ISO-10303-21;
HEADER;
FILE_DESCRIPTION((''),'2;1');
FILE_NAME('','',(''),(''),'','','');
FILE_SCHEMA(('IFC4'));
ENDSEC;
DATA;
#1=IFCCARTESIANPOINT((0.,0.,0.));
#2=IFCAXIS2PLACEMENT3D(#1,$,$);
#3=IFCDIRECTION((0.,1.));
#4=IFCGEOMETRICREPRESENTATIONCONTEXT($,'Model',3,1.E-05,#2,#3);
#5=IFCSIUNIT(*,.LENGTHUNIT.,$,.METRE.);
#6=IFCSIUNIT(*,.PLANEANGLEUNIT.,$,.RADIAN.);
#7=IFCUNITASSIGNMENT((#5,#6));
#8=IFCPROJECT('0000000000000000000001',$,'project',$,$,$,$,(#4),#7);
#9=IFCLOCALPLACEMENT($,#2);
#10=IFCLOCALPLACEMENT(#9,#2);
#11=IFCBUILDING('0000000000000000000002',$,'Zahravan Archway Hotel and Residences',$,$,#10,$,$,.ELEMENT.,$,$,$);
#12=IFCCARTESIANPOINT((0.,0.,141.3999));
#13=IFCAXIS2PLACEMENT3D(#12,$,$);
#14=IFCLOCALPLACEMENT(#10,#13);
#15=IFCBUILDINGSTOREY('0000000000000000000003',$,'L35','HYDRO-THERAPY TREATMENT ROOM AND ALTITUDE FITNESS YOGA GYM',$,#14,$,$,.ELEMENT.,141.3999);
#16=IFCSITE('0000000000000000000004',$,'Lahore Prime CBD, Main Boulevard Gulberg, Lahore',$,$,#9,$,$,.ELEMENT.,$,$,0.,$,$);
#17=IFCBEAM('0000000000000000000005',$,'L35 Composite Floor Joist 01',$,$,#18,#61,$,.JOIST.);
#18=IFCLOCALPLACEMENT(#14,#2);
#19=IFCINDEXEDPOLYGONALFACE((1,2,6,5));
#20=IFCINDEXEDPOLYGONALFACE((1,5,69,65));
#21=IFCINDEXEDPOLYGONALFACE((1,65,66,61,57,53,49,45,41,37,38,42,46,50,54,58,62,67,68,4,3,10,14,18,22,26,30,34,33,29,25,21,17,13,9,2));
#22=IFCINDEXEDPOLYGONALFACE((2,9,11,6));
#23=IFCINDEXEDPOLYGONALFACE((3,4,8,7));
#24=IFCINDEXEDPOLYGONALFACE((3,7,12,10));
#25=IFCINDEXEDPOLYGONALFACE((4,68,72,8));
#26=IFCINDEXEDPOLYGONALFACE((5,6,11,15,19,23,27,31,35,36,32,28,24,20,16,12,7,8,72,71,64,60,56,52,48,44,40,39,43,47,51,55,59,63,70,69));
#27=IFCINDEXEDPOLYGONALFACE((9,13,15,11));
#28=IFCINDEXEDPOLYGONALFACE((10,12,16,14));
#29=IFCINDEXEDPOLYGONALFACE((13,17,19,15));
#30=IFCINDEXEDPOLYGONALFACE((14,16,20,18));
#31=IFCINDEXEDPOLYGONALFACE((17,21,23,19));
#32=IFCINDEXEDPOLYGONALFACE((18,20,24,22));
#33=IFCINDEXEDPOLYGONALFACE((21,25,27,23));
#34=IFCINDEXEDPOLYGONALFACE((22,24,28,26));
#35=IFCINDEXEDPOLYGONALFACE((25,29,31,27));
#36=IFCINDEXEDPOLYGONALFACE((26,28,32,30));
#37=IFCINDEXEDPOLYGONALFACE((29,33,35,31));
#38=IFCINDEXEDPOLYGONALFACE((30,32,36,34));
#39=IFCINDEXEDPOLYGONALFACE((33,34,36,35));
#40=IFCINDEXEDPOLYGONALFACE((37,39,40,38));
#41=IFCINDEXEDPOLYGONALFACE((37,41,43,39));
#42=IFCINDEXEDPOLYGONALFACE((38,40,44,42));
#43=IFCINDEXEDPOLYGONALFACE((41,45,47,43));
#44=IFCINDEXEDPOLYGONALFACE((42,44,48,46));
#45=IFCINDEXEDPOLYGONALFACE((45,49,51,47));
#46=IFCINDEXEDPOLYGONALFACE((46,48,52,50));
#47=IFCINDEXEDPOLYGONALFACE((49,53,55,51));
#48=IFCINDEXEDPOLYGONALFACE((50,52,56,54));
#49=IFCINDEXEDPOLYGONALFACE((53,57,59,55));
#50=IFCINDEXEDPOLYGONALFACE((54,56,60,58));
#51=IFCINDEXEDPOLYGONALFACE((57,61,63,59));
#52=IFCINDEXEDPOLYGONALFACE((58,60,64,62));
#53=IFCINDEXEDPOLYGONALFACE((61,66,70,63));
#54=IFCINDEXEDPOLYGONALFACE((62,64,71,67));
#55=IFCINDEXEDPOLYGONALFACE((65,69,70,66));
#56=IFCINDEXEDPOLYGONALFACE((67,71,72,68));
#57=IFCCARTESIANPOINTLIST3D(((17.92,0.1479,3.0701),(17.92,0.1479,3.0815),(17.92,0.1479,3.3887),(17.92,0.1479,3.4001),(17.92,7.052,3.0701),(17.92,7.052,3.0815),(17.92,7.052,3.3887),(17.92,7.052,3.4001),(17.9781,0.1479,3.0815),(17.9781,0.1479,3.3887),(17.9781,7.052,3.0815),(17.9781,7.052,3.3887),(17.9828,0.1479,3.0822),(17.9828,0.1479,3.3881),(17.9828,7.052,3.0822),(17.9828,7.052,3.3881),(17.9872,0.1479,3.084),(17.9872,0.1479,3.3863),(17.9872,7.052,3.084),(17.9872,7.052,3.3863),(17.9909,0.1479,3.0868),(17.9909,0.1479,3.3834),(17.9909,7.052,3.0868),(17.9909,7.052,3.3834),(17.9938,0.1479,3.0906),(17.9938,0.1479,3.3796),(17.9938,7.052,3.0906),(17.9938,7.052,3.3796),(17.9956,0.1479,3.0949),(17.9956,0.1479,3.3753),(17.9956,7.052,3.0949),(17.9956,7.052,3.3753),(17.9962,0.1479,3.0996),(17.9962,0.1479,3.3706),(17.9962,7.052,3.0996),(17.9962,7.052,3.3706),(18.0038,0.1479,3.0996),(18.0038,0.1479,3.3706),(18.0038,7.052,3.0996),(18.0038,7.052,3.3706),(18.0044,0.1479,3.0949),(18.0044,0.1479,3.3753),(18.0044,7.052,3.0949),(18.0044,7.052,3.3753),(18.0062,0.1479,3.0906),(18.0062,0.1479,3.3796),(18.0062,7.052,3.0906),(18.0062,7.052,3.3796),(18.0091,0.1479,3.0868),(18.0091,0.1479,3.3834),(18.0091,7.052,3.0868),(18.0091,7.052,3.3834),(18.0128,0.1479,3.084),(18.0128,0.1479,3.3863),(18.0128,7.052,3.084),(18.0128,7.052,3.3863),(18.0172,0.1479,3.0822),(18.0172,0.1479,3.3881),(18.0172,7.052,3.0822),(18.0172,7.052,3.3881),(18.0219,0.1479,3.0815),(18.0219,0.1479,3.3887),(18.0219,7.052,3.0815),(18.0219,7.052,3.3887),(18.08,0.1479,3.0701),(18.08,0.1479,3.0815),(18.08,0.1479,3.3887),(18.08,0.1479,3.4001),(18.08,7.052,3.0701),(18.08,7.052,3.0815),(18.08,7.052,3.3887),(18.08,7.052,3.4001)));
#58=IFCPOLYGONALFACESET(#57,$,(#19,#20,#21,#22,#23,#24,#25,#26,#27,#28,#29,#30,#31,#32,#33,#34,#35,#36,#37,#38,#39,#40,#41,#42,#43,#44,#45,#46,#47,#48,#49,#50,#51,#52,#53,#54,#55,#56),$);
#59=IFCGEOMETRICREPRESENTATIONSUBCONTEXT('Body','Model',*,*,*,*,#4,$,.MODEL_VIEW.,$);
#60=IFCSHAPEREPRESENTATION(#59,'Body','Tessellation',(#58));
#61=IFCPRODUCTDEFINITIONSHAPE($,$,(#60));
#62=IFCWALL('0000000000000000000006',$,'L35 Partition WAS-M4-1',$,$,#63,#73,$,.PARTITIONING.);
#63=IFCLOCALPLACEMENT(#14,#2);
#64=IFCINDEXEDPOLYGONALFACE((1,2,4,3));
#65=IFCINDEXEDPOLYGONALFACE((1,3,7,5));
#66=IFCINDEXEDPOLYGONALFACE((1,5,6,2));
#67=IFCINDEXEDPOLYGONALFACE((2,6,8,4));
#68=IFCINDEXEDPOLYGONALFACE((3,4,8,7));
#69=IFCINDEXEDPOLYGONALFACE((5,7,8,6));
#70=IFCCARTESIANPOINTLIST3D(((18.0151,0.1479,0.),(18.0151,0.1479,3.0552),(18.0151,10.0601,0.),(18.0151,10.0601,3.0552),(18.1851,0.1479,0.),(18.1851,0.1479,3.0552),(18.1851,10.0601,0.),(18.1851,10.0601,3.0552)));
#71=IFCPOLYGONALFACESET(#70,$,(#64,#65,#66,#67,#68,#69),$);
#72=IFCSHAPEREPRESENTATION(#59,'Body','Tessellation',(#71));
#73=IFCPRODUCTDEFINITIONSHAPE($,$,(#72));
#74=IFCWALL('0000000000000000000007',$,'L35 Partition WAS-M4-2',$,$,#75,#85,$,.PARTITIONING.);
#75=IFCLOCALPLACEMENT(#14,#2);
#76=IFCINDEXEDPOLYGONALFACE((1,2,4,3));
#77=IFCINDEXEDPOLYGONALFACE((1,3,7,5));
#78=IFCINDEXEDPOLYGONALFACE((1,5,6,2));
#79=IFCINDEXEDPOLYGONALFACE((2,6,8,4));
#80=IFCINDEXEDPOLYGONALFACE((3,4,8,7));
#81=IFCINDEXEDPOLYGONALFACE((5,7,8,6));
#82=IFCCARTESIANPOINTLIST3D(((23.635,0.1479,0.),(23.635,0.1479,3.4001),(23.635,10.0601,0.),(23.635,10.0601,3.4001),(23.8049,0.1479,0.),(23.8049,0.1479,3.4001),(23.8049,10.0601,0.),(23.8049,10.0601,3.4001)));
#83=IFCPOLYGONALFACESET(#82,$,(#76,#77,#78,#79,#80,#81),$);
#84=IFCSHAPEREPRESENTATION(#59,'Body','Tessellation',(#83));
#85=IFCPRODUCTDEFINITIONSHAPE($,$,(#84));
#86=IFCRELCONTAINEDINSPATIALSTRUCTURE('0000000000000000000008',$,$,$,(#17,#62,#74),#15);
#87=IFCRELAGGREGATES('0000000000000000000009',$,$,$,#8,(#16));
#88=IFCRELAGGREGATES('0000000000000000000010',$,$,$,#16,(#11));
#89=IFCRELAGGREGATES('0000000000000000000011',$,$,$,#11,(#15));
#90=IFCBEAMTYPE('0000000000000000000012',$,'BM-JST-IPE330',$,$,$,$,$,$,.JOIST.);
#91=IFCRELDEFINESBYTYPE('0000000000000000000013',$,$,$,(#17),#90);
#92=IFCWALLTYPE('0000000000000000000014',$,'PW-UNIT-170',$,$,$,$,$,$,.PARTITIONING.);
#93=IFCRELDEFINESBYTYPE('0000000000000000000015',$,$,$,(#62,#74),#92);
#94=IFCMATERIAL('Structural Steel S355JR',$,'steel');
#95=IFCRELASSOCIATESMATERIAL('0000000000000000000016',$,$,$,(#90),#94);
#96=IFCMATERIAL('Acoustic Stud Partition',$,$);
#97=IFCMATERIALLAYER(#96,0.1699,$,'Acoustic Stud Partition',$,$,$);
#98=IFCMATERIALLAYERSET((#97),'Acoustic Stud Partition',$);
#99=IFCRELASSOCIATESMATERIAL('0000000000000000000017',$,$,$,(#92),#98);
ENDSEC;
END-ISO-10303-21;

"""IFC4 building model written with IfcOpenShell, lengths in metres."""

from ifc_helpers import new_model, si_unit, direction, frame, frame_2d, origin, origin_2d, place, context, subcontext, project, spatial, rectangle, i_section, extrude, source, transform, mapped, material, layer, layer_set, material_profile, profile_set, type_object, type_shapes, element, save


model = new_model("IFC4")

# Units and contexts
model_context = context("Model", 3, precision=1e-05, world=origin(), true_north=direction((0.0, 1.0)))
body_context = subcontext(model_context, "Body", "Model", "MODEL_VIEW")
ifc_project = project(units=[si_unit("LENGTHUNIT", "METRE"), si_unit("PLANEANGLEUNIT", "RADIAN")], contexts=[model_context])

# Site, building, storey
site_placement = place(None, origin())
site = spatial("IfcSite", under=ifc_project, at=site_placement, Name="Lahore Prime CBD, Main Boulevard Gulberg, Lahore", CompositionType="ELEMENT", RefElevation=0.0)
building_placement = place(site_placement, origin())
building = spatial("IfcBuilding", under=site, at=building_placement, Name="Zahravan Archway Hotel and Residences", CompositionType="ELEMENT")
storey_placement = place(building_placement, frame((0.0, 0.0, 141.3999)))
storey = spatial("IfcBuildingStorey", under=building, at=storey_placement, Name="L35", Description="HYDRO-THERAPY TREATMENT ROOM AND ALTITUDE FITNESS YOGA GYM", CompositionType="ELEMENT", Elevation=141.3999)

# Beam
ifc_material_1 = material(Name="Structural Steel S355JR", Category="steel")
ifc_material_profile_1 = material_profile(ifc_material_1, i_section(OverallWidth=0.1599, OverallDepth=0.3301, WebThickness=0.0076, FlangeThickness=0.0115, FilletRadius=0.0181, at=origin_2d()), Name="IPE 330", Category="steel")
ifc_profile_set_1 = profile_set([ifc_material_profile_1], Name="Structural Steel S355JR")
beam_type_1 = type_object("IfcBeamType", Name="BM-JST-IPE330", PredefinedType="JOIST", material=ifc_profile_set_1)
shared_shape_1 = source(origin(), body_context, "Body", "SweptSolid", [
    extrude(i_section(OverallWidth=0.1599, OverallDepth=0.3301, WebThickness=0.0076, FlangeThickness=0.0115, FilletRadius=0.0181, at=origin_2d()), origin(), (0.0, 0.0, 1.0), 6.9041),
])
type_shapes(beam_type_1, [shared_shape_1])
beam_1_placement = place(storey_placement, frame((18.0, 0.1479, 3.2351), z_axis=(0.0, 1.0, 0.0), x_axis=(-1.0, 0.0, 0.0)))
element("IfcBeam", 1, at=beam_1_placement, inside=storey, type_object=beam_type_1, Name="L35 Composite Floor Joist 01", PredefinedType="JOIST", context=body_context, shape_type="MappedRepresentation", body=[
    mapped(shared_shape_1, transform((0.0, 0.0, 0.0), scale=1.0)),
])

# Walls
ifc_material_2 = material(Name="Acoustic Stud Partition")
ifc_layer = layer(ifc_material_2, 0.1699, Name="Acoustic Stud Partition")
ifc_layer_set = layer_set([ifc_layer], Name="Acoustic Stud Partition")
wall_type = type_object("IfcWallType", Name="PW-UNIT-170", PredefinedType="PARTITIONING", material=ifc_layer_set)
wall_1_placement = place(storey_placement, frame((18.1001, 0.1479, 0.0), z_axis=(0.0, 0.0, 1.0), x_axis=(0.0, 1.0, 0.0)))
element("IfcWall", 2, at=wall_1_placement, inside=storey, type_object=wall_type, Name="L35 Partition WAS-M4-1", PredefinedType="PARTITIONING", context=body_context, shape_type="SweptSolid", body=[
    extrude(rectangle(XDim=9.9121, YDim=0.1699, at=frame_2d((4.9561, 0.0))), origin(), (0.0, 0.0, 1.0), 3.0552),
])
wall_2_placement = place(storey_placement, frame((23.72, 0.1479, 0.0), z_axis=(0.0, 0.0, 1.0), x_axis=(0.0, 1.0, 0.0)))
element("IfcWall", 3, at=wall_2_placement, inside=storey, type_object=wall_type, Name="L35 Partition WAS-M4-2", PredefinedType="PARTITIONING", context=body_context, shape_type="SweptSolid", body=[
    extrude(rectangle(XDim=9.9121, YDim=0.1699, at=frame_2d((4.9561, 0.0))), origin(), (0.0, 0.0, 1.0), 3.4001),
])

save(model, "model.ifc")
